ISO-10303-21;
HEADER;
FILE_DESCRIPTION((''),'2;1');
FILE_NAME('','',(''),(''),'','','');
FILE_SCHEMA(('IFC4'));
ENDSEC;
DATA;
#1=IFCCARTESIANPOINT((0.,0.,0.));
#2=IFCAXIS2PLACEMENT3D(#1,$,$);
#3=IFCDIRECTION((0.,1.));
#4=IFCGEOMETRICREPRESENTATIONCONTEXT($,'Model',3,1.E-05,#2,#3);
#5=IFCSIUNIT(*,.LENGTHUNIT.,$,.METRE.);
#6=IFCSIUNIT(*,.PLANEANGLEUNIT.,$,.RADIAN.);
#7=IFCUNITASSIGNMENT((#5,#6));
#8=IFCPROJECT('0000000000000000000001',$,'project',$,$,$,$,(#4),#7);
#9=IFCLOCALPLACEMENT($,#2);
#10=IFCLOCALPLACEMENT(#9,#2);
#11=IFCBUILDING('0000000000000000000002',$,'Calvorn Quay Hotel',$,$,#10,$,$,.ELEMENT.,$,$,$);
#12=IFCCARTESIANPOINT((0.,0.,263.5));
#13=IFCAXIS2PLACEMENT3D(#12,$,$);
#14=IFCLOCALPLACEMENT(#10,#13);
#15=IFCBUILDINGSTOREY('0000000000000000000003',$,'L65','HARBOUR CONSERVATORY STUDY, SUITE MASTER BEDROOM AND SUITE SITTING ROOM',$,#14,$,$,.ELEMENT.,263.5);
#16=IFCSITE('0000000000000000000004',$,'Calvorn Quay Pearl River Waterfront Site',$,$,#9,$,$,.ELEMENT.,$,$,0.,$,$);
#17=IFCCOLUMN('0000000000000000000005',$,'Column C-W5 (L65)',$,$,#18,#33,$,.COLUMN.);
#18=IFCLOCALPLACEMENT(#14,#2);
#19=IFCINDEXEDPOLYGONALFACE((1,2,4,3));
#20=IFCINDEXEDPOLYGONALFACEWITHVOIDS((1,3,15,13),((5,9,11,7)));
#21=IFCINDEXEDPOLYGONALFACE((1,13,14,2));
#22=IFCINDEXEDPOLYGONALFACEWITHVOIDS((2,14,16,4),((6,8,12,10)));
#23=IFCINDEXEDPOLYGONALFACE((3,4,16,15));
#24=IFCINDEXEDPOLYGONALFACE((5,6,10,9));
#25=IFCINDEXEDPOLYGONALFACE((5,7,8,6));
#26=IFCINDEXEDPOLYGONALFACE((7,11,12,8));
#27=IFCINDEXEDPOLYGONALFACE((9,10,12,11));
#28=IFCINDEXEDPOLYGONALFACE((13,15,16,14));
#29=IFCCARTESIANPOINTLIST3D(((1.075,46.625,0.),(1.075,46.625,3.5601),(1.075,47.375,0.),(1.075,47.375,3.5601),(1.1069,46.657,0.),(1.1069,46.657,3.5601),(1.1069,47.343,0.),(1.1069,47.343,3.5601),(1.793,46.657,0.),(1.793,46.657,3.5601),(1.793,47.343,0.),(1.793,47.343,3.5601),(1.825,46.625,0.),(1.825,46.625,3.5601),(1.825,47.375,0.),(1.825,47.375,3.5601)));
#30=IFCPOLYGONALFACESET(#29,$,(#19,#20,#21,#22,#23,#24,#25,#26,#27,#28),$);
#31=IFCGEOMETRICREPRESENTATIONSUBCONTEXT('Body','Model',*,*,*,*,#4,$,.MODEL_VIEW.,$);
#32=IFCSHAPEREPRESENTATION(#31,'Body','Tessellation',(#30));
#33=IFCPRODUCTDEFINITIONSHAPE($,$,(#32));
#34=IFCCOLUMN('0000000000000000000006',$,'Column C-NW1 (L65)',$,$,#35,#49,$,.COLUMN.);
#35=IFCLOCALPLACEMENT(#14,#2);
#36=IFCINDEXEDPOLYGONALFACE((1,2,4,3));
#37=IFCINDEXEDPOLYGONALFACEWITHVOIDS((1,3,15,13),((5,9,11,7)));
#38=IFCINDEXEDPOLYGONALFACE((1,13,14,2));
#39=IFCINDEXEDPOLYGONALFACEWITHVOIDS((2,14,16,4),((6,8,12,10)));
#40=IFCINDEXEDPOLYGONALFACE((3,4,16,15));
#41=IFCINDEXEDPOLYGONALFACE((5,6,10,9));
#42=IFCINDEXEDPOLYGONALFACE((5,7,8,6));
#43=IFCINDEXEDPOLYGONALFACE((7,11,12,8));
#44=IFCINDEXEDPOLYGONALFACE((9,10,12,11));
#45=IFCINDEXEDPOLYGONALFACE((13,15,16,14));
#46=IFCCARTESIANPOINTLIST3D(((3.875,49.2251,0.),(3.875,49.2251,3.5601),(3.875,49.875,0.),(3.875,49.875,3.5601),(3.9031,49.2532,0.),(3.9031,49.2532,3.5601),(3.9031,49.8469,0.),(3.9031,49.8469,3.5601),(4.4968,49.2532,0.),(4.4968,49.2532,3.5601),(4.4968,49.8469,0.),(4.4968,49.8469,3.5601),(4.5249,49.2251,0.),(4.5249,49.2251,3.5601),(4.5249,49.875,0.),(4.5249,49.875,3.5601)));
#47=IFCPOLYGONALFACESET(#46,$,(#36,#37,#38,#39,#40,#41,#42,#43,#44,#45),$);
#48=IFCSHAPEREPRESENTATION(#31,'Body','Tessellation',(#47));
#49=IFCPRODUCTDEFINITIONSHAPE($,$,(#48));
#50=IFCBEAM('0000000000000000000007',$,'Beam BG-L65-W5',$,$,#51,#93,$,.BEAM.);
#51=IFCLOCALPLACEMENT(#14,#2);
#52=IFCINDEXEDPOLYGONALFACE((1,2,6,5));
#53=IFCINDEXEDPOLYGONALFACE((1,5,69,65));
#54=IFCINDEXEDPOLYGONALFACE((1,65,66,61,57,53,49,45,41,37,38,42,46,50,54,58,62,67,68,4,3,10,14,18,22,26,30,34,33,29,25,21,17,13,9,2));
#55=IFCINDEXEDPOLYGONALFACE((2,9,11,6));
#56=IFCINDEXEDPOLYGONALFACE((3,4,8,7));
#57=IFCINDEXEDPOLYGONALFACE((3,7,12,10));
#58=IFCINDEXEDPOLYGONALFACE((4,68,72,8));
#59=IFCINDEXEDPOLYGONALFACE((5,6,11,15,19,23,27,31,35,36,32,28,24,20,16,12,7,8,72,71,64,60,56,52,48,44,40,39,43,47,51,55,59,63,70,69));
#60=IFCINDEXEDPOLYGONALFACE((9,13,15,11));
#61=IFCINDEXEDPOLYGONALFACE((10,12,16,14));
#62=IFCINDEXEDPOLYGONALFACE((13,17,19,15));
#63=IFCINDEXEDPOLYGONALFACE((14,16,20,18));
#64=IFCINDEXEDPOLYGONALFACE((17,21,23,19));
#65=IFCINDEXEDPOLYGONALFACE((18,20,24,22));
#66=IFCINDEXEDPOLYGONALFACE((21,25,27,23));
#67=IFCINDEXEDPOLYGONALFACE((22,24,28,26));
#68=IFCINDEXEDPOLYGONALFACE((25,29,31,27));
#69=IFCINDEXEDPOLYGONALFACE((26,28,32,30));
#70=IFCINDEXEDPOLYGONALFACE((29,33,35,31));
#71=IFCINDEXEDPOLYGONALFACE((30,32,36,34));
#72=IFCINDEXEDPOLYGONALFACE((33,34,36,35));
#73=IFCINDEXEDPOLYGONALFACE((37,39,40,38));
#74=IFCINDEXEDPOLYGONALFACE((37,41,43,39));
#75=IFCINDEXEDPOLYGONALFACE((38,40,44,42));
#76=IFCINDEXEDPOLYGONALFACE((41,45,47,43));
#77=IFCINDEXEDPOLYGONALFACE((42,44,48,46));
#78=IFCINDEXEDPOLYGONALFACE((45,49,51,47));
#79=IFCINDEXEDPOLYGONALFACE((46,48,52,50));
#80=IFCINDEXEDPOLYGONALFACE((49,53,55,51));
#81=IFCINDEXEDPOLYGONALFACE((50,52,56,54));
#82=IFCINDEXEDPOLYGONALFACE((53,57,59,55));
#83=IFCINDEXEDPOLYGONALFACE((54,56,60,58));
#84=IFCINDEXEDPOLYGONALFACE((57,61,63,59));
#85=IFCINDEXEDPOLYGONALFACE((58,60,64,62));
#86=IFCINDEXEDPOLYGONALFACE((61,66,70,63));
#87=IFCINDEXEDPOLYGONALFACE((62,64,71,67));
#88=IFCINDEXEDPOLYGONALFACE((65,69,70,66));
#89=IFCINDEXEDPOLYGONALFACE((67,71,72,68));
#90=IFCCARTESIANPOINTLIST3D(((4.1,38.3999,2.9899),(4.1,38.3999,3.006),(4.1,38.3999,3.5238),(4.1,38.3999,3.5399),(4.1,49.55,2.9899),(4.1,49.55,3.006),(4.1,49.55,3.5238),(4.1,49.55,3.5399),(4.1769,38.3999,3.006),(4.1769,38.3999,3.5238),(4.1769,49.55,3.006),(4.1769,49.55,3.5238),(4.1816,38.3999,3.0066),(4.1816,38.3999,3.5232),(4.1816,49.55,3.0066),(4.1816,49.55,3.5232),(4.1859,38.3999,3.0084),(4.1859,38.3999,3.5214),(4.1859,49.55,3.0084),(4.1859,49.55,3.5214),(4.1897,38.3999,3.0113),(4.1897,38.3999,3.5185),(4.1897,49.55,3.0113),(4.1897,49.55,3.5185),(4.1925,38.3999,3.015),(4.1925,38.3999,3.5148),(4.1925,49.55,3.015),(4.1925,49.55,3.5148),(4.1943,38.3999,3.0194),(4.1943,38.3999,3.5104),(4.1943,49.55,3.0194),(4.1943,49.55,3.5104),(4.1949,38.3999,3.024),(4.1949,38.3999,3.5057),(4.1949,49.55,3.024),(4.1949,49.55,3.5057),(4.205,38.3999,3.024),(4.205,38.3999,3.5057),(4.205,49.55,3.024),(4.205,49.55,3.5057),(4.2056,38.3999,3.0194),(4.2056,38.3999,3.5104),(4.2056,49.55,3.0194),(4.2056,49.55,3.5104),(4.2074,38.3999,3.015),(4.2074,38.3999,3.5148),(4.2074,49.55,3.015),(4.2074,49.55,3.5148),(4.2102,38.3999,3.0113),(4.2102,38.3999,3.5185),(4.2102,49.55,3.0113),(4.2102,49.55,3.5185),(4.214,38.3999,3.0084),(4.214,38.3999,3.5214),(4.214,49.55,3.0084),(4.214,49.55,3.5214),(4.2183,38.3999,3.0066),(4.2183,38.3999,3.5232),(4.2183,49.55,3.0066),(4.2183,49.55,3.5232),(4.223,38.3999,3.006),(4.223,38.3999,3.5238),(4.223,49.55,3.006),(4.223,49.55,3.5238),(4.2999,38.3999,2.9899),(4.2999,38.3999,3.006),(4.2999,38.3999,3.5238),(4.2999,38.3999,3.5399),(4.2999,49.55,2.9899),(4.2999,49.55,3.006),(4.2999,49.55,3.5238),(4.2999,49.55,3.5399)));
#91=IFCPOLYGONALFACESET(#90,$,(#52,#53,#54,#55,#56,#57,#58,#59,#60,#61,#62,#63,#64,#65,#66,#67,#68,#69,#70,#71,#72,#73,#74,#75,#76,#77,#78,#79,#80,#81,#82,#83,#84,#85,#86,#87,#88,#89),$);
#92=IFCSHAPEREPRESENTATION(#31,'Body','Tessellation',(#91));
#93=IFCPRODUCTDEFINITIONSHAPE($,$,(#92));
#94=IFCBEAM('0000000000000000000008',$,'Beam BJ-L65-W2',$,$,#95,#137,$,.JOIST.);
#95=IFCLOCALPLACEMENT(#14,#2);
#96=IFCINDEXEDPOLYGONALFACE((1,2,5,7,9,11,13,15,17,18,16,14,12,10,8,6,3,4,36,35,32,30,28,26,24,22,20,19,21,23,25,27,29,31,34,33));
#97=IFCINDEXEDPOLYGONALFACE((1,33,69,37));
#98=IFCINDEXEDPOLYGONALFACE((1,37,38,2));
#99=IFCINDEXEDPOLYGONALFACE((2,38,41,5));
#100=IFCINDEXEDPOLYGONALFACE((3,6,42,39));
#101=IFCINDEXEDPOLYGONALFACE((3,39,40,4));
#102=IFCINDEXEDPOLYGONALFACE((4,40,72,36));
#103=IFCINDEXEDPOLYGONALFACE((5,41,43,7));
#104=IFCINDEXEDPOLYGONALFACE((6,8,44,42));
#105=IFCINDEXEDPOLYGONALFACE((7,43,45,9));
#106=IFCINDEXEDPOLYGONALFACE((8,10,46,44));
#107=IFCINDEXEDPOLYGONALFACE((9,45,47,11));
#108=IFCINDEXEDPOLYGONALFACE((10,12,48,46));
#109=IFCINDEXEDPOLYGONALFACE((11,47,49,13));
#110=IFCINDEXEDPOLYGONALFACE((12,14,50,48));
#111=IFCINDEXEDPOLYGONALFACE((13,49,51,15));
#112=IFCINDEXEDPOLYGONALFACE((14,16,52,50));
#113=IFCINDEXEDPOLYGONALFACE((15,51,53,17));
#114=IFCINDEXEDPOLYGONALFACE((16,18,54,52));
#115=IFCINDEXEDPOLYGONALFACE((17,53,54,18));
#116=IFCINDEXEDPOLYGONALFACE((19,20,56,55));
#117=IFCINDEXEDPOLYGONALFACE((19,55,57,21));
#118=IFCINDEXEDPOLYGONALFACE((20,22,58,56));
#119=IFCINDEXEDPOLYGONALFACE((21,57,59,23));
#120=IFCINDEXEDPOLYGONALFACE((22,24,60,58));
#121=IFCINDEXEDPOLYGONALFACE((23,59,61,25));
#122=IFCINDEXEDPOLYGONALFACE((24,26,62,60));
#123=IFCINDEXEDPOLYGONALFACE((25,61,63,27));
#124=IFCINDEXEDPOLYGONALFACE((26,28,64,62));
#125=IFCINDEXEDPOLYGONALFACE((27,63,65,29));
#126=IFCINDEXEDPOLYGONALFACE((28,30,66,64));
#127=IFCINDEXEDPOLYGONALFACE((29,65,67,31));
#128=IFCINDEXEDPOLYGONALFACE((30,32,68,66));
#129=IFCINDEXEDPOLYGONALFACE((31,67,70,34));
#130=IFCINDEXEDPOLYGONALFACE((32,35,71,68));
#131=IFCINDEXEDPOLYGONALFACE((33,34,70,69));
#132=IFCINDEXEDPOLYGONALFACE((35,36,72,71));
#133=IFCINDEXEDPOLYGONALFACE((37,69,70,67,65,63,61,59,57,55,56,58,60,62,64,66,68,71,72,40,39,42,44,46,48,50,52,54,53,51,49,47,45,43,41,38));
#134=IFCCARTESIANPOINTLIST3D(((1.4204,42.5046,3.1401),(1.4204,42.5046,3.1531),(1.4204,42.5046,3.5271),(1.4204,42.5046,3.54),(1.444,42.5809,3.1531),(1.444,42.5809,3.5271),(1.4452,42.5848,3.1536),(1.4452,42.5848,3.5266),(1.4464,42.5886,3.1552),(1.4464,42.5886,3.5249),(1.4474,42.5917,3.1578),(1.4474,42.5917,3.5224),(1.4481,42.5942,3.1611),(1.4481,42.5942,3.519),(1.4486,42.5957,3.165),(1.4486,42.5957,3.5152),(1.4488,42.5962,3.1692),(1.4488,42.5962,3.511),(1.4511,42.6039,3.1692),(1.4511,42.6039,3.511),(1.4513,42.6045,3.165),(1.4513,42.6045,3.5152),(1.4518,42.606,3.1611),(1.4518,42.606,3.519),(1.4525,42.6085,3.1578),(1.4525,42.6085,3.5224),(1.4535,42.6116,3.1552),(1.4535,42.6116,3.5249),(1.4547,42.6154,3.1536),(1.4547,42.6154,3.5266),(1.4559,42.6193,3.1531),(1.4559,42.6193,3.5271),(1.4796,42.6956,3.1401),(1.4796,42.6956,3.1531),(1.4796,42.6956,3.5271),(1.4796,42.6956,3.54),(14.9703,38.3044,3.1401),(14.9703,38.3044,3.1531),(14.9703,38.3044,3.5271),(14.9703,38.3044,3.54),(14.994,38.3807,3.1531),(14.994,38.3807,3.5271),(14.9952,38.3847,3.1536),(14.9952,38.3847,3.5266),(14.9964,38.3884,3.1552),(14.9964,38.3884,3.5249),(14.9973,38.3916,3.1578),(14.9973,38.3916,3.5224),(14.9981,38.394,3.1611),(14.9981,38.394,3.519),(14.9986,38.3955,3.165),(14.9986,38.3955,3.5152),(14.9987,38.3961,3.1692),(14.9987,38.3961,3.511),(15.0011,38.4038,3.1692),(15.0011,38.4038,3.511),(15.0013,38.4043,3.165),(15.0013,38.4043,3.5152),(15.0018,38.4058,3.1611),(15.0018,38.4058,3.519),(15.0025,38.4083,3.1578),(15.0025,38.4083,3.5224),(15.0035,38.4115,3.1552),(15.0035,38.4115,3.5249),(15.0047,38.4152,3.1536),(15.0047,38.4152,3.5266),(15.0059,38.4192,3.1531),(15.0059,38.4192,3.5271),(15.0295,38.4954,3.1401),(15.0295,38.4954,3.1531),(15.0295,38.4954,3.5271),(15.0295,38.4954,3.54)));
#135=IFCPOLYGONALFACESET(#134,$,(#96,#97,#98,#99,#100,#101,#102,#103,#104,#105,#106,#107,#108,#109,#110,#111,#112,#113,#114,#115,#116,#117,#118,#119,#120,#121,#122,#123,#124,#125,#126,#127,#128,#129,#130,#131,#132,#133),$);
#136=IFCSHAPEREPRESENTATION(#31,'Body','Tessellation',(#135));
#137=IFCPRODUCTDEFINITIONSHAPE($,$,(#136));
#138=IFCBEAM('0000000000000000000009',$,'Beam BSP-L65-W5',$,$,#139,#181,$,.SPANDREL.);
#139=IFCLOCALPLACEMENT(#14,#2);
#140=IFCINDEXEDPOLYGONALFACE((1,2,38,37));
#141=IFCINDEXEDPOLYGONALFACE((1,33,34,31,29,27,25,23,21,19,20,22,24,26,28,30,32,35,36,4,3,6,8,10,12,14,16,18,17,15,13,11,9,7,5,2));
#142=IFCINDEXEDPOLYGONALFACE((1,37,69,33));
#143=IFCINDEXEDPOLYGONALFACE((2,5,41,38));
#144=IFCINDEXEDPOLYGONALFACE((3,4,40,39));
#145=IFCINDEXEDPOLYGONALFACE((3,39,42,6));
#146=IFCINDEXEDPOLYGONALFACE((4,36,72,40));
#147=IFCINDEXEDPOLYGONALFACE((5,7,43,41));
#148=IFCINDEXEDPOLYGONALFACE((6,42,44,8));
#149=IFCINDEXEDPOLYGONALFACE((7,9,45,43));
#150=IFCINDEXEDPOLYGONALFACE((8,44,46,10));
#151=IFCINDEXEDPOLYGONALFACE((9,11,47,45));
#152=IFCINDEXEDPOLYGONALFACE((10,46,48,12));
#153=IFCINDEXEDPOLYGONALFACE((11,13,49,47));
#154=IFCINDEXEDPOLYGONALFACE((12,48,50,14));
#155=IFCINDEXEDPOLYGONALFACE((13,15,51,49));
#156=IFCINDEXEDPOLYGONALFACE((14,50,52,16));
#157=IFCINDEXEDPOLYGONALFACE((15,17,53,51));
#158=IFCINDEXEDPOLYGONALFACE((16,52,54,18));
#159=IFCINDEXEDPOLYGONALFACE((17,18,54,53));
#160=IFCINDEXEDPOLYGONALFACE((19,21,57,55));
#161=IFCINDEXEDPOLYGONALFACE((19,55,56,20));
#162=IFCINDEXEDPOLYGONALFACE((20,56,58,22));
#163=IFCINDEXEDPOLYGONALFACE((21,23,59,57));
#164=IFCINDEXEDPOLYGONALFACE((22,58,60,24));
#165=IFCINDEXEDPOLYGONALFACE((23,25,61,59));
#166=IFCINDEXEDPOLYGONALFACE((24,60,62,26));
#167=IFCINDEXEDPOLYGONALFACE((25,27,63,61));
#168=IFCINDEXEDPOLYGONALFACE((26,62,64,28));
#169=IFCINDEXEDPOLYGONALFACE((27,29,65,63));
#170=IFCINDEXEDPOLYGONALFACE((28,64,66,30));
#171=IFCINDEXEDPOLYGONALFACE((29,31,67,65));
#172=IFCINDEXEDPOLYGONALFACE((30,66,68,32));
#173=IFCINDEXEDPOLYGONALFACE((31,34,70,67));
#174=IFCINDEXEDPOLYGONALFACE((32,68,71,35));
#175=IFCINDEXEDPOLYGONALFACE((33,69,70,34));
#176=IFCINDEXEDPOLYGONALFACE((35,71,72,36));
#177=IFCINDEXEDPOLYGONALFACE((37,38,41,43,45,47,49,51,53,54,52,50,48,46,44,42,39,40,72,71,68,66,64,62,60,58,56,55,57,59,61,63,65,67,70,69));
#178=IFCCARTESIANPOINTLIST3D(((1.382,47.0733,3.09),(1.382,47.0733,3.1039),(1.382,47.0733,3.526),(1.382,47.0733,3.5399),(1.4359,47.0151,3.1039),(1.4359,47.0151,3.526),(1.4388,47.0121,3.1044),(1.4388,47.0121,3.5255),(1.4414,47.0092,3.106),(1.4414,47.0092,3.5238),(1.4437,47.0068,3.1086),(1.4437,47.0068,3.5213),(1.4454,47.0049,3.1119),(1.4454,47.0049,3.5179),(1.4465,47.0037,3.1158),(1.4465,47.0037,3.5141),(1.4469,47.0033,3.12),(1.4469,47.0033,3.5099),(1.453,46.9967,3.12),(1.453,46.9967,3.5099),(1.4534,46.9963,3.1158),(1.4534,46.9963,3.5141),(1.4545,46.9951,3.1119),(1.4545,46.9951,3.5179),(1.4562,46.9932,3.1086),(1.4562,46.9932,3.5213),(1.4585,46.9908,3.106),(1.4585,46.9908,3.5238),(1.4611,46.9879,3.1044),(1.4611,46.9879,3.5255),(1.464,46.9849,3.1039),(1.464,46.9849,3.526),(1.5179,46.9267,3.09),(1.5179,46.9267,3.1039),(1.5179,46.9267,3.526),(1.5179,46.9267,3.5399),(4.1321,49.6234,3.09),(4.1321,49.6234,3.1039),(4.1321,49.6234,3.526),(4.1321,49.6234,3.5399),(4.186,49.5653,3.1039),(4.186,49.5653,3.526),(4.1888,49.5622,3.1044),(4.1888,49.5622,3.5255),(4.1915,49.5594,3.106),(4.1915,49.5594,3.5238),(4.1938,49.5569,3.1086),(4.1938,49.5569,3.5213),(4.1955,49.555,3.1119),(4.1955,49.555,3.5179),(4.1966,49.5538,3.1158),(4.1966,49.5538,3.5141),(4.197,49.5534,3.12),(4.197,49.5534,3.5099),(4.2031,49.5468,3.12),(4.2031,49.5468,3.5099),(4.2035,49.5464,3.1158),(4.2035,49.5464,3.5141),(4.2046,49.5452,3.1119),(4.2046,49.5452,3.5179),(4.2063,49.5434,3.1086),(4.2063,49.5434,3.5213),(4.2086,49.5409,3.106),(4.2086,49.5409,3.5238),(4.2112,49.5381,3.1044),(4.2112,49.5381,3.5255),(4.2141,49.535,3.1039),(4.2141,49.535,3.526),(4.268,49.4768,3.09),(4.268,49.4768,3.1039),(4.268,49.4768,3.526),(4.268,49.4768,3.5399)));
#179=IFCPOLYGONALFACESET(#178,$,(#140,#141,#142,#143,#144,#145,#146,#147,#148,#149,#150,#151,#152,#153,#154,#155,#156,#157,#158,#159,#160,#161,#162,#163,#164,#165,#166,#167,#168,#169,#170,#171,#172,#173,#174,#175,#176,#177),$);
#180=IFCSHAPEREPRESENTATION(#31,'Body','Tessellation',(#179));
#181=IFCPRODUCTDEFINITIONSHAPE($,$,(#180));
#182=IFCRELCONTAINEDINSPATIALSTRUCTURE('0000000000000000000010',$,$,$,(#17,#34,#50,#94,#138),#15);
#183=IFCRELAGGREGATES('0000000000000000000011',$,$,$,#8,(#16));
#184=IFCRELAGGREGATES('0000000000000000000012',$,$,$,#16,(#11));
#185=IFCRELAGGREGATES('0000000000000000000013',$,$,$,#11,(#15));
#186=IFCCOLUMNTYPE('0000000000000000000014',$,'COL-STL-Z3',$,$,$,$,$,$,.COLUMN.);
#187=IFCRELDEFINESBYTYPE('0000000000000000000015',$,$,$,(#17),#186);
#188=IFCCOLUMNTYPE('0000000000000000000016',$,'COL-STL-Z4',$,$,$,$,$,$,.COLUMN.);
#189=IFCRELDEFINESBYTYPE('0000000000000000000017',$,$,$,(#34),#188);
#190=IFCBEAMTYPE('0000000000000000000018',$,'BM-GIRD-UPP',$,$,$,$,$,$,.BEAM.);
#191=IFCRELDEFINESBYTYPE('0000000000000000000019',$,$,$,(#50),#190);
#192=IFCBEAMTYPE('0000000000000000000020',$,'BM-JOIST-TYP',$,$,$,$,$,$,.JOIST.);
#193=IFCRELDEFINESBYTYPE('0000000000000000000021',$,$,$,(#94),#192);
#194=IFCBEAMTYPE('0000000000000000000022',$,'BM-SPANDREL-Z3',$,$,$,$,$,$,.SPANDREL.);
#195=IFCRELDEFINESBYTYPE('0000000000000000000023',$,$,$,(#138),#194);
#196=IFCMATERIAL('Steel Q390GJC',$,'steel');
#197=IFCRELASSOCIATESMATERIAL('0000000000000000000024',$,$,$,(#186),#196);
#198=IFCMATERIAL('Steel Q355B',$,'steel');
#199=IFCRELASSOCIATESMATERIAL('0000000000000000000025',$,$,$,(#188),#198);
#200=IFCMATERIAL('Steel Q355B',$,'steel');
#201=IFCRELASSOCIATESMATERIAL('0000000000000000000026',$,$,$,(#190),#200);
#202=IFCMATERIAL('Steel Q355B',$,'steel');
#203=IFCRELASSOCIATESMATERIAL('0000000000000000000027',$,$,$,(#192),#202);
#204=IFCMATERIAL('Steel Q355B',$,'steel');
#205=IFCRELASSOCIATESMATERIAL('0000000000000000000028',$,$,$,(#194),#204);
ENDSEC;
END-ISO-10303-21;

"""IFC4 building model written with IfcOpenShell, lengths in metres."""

from ifc_helpers import new_model, si_unit, direction, frame, origin, origin_2d, place, context, subcontext, project, spatial, hollow_rectangle, i_section, extrude, material, material_profile, profile_set, type_object, element, save


model = new_model("IFC4")

# Units and contexts
model_context = context("Model", 3, precision=1e-05, world=origin(), true_north=direction((0.0, 1.0)))
body_context = subcontext(model_context, "Body", "Model", "MODEL_VIEW")
ifc_project = project(units=[si_unit("LENGTHUNIT", "METRE"), si_unit("PLANEANGLEUNIT", "RADIAN")], contexts=[model_context])

# Site, building, storey
site_placement = place(None, origin())
site = spatial("IfcSite", under=ifc_project, at=site_placement, Name="Calvorn Quay Pearl River Waterfront Site", CompositionType="ELEMENT", RefElevation=0.0)
building_placement = place(site_placement, origin())
building = spatial("IfcBuilding", under=site, at=building_placement, Name="Calvorn Quay Hotel", CompositionType="ELEMENT")
storey_placement = place(building_placement, frame((0.0, 0.0, 263.5)))
storey = spatial("IfcBuildingStorey", under=building, at=storey_placement, Name="L65", Description="HARBOUR CONSERVATORY STUDY, SUITE MASTER BEDROOM AND SUITE SITTING ROOM", CompositionType="ELEMENT", Elevation=263.5)

# Columns
ifc_material_1 = material(Name="Steel Q390GJC", Category="steel")
ifc_material_profile_1 = material_profile(ifc_material_1, hollow_rectangle(XDim=0.75, YDim=0.75, WallThickness=0.032, at=origin_2d()), Name="BOX750x750x32")
ifc_profile_set_1 = profile_set([ifc_material_profile_1], Name="Steel Q390GJC")
column_type_1 = type_object("IfcColumnType", Name="COL-STL-Z3", PredefinedType="COLUMN", material=ifc_profile_set_1)
column_1_placement = place(storey_placement, frame((1.45, 47.0, 0.0), z_axis=(0.0, 0.0, 1.0), x_axis=(1.0, 0.0, 0.0)))
element("IfcColumn", 1, at=column_1_placement, inside=storey, type_object=column_type_1, Name="Column C-W5 (L65)", PredefinedType="COLUMN", context=body_context, shape_type="SweptSolid", body=[
    extrude(hollow_rectangle(XDim=0.75, YDim=0.75, WallThickness=0.032, at=origin_2d()), origin(), (0.0, 0.0, 1.0), 3.5601),
])
ifc_material_2 = material(Name="Steel Q355B", Category="steel")
ifc_material_profile_2 = material_profile(ifc_material_2, hollow_rectangle(XDim=0.6499, YDim=0.6499, WallThickness=0.0281, at=origin_2d()), Name="BOX650x650x28")
ifc_profile_set_2 = profile_set([ifc_material_profile_2], Name="Steel Q355B")
column_type_2 = type_object("IfcColumnType", Name="COL-STL-Z4", PredefinedType="COLUMN", material=ifc_profile_set_2)
column_2_placement = place(storey_placement, frame((4.2, 49.55, 0.0), z_axis=(0.0, 0.0, 1.0), x_axis=(1.0, 0.0, 0.0)))
element("IfcColumn", 2, at=column_2_placement, inside=storey, type_object=column_type_2, Name="Column C-NW1 (L65)", PredefinedType="COLUMN", context=body_context, shape_type="SweptSolid", body=[
    extrude(hollow_rectangle(XDim=0.6499, YDim=0.6499, WallThickness=0.0281, at=origin_2d()), origin(), (0.0, 0.0, 1.0), 3.5601),
])

# Beams
ifc_material_3 = material(Name="Steel Q355B", Category="steel")
ifc_material_profile_3 = material_profile(ifc_material_3, i_section(OverallWidth=0.2, OverallDepth=0.55, WebThickness=0.01, FlangeThickness=0.0161, FilletRadius=0.0181, at=origin_2d()), Name="HN550x200x10x16")
ifc_profile_set_3 = profile_set([ifc_material_profile_3], Name="Steel Q355B")
beam_type_1 = type_object("IfcBeamType", Name="BM-GIRD-UPP", PredefinedType="BEAM", material=ifc_profile_set_3)
beam_1_placement = place(storey_placement, frame((4.2, 49.55, 3.2649), z_axis=(0.0, -1.0, 0.0), x_axis=(1.0, 0.0, 0.0)))
element("IfcBeam", 3, at=beam_1_placement, inside=storey, type_object=beam_type_1, Name="Beam BG-L65-W5", PredefinedType="BEAM", context=body_context, shape_type="SweptSolid", body=[
    extrude(i_section(OverallWidth=0.2, OverallDepth=0.55, WebThickness=0.01, FlangeThickness=0.0161, FilletRadius=0.0181, at=origin_2d()), origin(), (0.0, 0.0, 1.0), 11.1501),
])
ifc_material_4 = material(Name="Steel Q355B", Category="steel")
ifc_material_profile_4 = material_profile(ifc_material_4, i_section(OverallWidth=0.2, OverallDepth=0.3999, WebThickness=0.0081, FlangeThickness=0.0129, FilletRadius=0.0161, at=origin_2d()), Name="HN400x200x8x13")
ifc_profile_set_4 = profile_set([ifc_material_profile_4], Name="Steel Q355B")
beam_type_2 = type_object("IfcBeamType", Name="BM-JOIST-TYP", PredefinedType="JOIST", material=ifc_profile_set_4)
beam_2_placement = place(storey_placement, frame((1.45, 42.6001, 3.3401), z_axis=(0.955164, -0.296078, 0.0), x_axis=(0.296078, 0.955164, 0.0)))
element("IfcBeam", 4, at=beam_2_placement, inside=storey, type_object=beam_type_2, Name="Beam BJ-L65-W2", PredefinedType="JOIST", context=body_context, shape_type="SweptSolid", body=[
    extrude(i_section(OverallWidth=0.2, OverallDepth=0.3999, WebThickness=0.0081, FlangeThickness=0.0129, FilletRadius=0.0161, at=origin_2d()), origin(), (0.0, 0.0, 1.0), 14.186),
])
ifc_material_5 = material(Name="Steel Q355B", Category="steel")
ifc_material_profile_5 = material_profile(ifc_material_5, i_section(OverallWidth=0.2, OverallDepth=0.45, WebThickness=0.009, FlangeThickness=0.0139, FilletRadius=0.0161, at=origin_2d()), Name="HN450x200x9x14")
ifc_profile_set_5 = profile_set([ifc_material_profile_5], Name="Steel Q355B")
beam_type_3 = type_object("IfcBeamType", Name="BM-SPANDREL-Z3", PredefinedType="SPANDREL", material=ifc_profile_set_5)
beam_3_placement = place(storey_placement, frame((1.45, 47.0, 3.3149), z_axis=(0.733262, 0.679947, 0.0), x_axis=(-0.679947, 0.733262, 0.0)))
element("IfcBeam", 5, at=beam_3_placement, inside=storey, type_object=beam_type_3, Name="Beam BSP-L65-W5", PredefinedType="SPANDREL", context=body_context, shape_type="SweptSolid", body=[
    extrude(i_section(OverallWidth=0.2, OverallDepth=0.45, WebThickness=0.009, FlangeThickness=0.0139, FilletRadius=0.0161, at=origin_2d()), origin(), (0.0, 0.0, 1.0), 3.7505),
])

save(model, "model.ifc")
